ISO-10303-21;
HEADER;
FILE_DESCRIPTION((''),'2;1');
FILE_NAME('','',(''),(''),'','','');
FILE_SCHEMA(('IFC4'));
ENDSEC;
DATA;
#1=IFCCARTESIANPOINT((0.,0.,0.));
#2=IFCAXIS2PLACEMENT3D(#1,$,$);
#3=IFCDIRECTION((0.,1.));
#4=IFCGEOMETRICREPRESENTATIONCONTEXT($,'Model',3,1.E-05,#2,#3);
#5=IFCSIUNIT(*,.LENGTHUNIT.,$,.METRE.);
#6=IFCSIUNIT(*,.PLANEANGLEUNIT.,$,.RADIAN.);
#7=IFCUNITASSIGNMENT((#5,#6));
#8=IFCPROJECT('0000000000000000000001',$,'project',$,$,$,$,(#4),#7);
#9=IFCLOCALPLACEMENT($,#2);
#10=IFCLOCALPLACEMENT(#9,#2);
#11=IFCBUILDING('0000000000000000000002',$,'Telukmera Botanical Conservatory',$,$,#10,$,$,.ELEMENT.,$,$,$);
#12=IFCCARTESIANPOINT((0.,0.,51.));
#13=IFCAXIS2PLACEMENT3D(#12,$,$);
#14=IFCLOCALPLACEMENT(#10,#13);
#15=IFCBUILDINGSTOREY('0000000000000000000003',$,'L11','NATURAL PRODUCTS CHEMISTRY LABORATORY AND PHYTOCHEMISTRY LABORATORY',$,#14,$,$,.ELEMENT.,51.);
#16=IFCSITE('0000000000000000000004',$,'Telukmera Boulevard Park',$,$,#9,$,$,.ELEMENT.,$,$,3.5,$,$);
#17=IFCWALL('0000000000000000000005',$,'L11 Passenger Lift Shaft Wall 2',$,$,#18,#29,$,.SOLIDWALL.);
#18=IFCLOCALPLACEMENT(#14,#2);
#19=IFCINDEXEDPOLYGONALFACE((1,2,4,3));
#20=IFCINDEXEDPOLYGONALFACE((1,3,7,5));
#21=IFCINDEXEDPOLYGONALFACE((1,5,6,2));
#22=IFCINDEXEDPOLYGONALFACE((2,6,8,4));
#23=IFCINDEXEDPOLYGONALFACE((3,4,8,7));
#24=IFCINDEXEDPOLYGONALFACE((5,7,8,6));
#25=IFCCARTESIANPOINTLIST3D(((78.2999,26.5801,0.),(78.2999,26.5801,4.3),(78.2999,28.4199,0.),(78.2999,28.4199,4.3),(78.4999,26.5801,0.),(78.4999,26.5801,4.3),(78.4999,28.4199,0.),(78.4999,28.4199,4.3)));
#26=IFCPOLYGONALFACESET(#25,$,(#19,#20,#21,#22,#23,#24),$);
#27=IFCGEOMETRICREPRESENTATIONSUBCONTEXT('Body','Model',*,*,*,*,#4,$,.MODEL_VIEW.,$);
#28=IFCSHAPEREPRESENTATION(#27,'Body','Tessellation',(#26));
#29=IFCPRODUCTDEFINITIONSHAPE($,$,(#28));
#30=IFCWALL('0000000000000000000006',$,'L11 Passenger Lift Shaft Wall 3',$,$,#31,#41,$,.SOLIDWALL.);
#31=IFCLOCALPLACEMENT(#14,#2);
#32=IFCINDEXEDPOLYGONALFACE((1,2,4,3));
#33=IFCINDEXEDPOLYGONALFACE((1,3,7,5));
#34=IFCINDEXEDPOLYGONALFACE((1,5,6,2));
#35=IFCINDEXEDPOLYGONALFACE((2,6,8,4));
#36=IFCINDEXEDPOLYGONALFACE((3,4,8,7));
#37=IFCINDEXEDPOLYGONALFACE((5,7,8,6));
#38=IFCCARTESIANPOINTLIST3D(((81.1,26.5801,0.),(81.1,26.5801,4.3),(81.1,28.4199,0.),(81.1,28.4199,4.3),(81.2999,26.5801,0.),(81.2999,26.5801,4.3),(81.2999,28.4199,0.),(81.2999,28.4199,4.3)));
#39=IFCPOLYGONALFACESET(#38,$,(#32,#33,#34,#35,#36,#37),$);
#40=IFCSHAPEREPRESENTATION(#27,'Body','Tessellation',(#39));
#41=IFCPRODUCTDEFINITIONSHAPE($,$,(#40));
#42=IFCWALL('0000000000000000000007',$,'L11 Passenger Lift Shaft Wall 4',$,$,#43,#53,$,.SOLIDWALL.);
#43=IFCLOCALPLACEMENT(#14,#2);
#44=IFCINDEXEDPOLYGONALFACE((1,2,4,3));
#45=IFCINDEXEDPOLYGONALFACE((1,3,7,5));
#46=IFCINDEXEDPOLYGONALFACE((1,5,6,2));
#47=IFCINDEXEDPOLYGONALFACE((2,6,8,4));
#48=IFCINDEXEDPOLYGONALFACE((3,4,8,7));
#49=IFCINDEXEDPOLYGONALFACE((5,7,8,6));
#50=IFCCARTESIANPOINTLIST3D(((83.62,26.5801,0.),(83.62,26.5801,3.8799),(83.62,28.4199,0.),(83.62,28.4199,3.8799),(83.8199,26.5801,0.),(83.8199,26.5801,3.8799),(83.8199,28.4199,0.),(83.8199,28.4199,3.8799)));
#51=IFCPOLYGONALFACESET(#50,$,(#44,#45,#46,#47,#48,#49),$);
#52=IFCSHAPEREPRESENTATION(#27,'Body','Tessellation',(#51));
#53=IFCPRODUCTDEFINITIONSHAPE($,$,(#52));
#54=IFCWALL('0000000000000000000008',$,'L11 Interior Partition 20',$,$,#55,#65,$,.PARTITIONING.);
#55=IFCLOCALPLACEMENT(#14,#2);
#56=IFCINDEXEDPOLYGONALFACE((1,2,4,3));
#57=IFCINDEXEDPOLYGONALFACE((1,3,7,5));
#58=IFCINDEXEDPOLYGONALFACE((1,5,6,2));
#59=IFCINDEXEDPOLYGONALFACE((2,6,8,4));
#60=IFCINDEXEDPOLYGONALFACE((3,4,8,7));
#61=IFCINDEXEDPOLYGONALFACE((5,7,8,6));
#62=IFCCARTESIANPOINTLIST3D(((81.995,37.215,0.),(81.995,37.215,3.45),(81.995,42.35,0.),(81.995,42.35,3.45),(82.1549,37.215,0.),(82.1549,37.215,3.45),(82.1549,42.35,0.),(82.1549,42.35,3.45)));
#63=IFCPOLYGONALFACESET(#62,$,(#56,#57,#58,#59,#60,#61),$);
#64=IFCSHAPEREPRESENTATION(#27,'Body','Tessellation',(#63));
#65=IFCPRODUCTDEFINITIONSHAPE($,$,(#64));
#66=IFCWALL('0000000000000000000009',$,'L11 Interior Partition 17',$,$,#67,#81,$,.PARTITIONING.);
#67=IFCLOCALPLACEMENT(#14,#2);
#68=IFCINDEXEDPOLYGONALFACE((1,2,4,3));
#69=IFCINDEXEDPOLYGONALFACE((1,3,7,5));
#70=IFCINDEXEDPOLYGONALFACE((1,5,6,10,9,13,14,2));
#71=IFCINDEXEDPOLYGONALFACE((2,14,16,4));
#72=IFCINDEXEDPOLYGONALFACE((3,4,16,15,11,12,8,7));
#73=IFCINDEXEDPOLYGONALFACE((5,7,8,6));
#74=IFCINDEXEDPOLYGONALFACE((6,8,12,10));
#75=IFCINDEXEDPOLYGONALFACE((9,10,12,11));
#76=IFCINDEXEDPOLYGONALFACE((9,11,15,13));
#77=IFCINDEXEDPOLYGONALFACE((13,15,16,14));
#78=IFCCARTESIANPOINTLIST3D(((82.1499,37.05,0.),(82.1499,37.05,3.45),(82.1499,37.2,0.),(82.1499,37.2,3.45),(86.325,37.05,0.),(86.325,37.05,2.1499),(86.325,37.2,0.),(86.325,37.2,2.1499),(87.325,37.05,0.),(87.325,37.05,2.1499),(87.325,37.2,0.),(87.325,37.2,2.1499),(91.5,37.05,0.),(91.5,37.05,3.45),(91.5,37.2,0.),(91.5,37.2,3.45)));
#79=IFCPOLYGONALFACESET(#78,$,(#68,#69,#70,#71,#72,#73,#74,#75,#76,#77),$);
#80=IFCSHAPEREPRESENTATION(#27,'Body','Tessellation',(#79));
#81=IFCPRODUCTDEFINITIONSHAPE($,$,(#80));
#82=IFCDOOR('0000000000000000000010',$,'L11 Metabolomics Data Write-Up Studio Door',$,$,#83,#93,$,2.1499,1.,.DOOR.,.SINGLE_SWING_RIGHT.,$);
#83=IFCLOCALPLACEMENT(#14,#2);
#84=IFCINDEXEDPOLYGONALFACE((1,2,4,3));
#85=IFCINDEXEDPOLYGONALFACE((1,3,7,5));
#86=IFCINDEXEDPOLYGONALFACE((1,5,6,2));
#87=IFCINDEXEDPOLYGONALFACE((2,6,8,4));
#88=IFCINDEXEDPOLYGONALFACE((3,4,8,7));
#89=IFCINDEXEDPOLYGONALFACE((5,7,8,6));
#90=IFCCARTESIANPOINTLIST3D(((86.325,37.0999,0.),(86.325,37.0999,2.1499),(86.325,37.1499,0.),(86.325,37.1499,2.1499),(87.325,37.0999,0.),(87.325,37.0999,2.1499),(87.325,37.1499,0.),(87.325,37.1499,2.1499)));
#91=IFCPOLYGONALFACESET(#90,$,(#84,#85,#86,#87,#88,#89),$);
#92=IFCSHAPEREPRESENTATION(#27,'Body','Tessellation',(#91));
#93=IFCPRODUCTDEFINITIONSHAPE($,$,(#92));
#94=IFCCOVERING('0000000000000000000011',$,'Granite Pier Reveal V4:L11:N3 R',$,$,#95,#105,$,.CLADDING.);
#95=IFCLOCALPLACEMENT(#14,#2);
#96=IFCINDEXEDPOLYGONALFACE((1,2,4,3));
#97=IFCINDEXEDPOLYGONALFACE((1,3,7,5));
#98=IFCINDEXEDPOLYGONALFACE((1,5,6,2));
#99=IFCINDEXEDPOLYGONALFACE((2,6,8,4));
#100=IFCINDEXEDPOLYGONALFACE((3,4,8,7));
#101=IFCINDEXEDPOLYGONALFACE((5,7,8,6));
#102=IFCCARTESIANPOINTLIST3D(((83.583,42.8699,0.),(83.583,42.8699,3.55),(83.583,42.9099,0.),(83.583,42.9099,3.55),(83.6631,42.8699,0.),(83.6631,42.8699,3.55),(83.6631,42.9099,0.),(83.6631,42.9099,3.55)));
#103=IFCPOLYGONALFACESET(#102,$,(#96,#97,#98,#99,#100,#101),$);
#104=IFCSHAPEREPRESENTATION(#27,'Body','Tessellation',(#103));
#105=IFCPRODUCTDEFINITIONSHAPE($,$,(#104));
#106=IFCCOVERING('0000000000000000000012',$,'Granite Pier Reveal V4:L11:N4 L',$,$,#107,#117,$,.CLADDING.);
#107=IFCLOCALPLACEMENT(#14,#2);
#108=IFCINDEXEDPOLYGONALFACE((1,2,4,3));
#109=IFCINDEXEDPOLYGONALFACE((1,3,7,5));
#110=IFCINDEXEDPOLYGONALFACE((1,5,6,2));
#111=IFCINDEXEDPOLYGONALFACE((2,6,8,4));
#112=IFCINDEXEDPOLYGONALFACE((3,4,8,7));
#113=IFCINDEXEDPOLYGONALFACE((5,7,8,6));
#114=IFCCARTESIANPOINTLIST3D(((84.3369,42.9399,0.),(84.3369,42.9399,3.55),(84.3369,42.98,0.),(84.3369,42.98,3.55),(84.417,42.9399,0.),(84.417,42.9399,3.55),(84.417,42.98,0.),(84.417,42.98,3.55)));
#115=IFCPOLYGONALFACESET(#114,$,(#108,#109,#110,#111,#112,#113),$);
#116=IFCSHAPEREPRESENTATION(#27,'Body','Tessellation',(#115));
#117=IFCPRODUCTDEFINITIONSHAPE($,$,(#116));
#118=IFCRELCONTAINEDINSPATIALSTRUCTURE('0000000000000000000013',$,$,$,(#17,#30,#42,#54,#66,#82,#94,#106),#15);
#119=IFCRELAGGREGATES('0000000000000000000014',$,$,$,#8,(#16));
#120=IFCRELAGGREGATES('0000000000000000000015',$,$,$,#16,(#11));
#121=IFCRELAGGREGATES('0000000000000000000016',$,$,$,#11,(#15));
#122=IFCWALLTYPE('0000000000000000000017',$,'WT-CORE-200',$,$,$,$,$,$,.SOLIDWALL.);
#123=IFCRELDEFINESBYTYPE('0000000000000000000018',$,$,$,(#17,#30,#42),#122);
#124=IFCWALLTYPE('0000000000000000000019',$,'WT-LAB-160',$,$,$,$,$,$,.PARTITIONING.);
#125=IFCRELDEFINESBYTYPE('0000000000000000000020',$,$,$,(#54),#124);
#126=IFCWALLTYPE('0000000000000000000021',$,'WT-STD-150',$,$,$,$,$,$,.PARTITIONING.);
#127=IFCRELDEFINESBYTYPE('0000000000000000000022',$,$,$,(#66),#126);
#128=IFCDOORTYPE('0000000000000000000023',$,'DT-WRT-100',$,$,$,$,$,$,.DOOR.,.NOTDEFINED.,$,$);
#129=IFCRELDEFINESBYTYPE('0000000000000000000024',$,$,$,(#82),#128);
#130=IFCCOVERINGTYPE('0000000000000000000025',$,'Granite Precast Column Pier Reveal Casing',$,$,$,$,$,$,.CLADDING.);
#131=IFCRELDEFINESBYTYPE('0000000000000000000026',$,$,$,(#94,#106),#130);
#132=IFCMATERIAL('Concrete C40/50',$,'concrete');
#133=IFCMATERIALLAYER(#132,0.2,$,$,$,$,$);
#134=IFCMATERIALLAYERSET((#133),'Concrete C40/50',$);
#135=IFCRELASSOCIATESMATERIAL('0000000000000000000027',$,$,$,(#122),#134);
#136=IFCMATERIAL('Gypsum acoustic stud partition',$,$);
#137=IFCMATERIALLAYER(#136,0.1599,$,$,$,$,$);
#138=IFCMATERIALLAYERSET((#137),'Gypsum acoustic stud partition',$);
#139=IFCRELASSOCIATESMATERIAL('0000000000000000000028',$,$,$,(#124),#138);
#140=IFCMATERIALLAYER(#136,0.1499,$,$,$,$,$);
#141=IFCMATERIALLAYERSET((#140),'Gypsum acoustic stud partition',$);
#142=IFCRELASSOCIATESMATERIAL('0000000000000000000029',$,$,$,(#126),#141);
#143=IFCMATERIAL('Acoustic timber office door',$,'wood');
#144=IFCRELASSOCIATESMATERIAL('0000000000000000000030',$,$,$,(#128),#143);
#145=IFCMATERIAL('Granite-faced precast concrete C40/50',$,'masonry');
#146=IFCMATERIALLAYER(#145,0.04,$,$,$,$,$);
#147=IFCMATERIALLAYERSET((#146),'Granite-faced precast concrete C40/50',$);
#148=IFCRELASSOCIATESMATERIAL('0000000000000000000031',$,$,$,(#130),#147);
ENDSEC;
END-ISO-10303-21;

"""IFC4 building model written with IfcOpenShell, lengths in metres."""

from ifc_helpers import new_model, si_unit, direction, frame, frame_2d, origin, origin_2d, place, context, subcontext, project, spatial, rectangle, extrude, material, layer, layer_set, type_object, element, fill, save


model = new_model("IFC4")

# Units and contexts
model_context = context("Model", 3, precision=1e-05, world=origin(), true_north=direction((0.0, 1.0)))
body_context = subcontext(model_context, "Body", "Model", "MODEL_VIEW")
ifc_project = project(units=[si_unit("LENGTHUNIT", "METRE"), si_unit("PLANEANGLEUNIT", "RADIAN")], contexts=[model_context])

# Site, building, storey
site_placement = place(None, origin())
site = spatial("IfcSite", under=ifc_project, at=site_placement, Name="Telukmera Boulevard Park", CompositionType="ELEMENT", RefElevation=3.5)
building_placement = place(site_placement, origin())
building = spatial("IfcBuilding", under=site, at=building_placement, Name="Telukmera Botanical Conservatory", CompositionType="ELEMENT")
storey_placement = place(building_placement, frame((0.0, 0.0, 51.0)))
storey = spatial("IfcBuildingStorey", under=building, at=storey_placement, Name="L11", Description="NATURAL PRODUCTS CHEMISTRY LABORATORY AND PHYTOCHEMISTRY LABORATORY", CompositionType="ELEMENT", Elevation=51.0)

# Shared definitions
ifc_material_1 = material(Name="Concrete C40/50", Category="concrete")

# Walls
ifc_layer_1 = layer(ifc_material_1, 0.2)
ifc_layer_set_1 = layer_set([ifc_layer_1], Name="Concrete C40/50")
wall_type_1 = type_object("IfcWallType", Name="WT-CORE-200", PredefinedType="SOLIDWALL", material=ifc_layer_set_1)
for number, where, z_axis, x_axis, name in (
    (1, (78.3999, 26.5801, 0.0), (0.0, 0.0, 1.0), (0.0, 1.0, 0.0), "L11 Passenger Lift Shaft Wall 2"),
    (2, (81.2, 26.5801, 0.0), (0.0, 0.0, 1.0), (0.0, 1.0, 0.0), "L11 Passenger Lift Shaft Wall 3"),
):
    element("IfcWall", number, at=place(storey_placement, frame(where, z_axis=z_axis, x_axis=x_axis)), inside=storey, type_object=wall_type_1, Name=name, PredefinedType="SOLIDWALL", context=body_context, shape_type="SweptSolid", body=[
        extrude(rectangle(XDim=1.8398, YDim=0.2, at=frame_2d((0.9199, 0.0))), origin(), (0.0, 0.0, 1.0), 4.3),
    ])
wall_1_placement = place(storey_placement, frame((83.72, 26.5801, 0.0), z_axis=(0.0, 0.0, 1.0), x_axis=(0.0, 1.0, 0.0)))
element("IfcWall", 3, at=wall_1_placement, inside=storey, type_object=wall_type_1, Name="L11 Passenger Lift Shaft Wall 4", PredefinedType="SOLIDWALL", context=body_context, shape_type="SweptSolid", body=[
    extrude(rectangle(XDim=1.8398, YDim=0.2, at=frame_2d((0.9199, 0.0))), origin(), (0.0, 0.0, 1.0), 3.8799),
])
ifc_material_2 = material(Name="Gypsum acoustic stud partition")
ifc_layer_2 = layer(ifc_material_2, 0.1599)
ifc_layer_set_2 = layer_set([ifc_layer_2], Name="Gypsum acoustic stud partition")
wall_type_2 = type_object("IfcWallType", Name="WT-LAB-160", PredefinedType="PARTITIONING", material=ifc_layer_set_2)
wall_2_placement = place(storey_placement, frame((82.075, 37.2151, 0.0), z_axis=(0.0, 0.0, 1.0), x_axis=(0.0, 1.0, 0.0)))
element("IfcWall", 4, at=wall_2_placement, inside=storey, type_object=wall_type_2, Name="L11 Interior Partition 20", PredefinedType="PARTITIONING", context=body_context, shape_type="SweptSolid", body=[
    extrude(rectangle(XDim=5.135, YDim=0.1599, at=frame_2d((2.5674, 0.0))), origin(), (0.0, 0.0, 1.0), 3.45),
])

# Wall, opening, door
ifc_layer_3 = layer(ifc_material_2, 0.1499)
ifc_layer_set_3 = layer_set([ifc_layer_3], Name="Gypsum acoustic stud partition")
wall_type_3 = type_object("IfcWallType", Name="WT-STD-150", PredefinedType="PARTITIONING", material=ifc_layer_set_3)
wall_3_placement = place(storey_placement, frame((82.1499, 37.125, 0.0), z_axis=(0.0, 0.0, 1.0), x_axis=(1.0, 0.0, 0.0)))
wall_3 = element("IfcWall", 5, at=wall_3_placement, inside=storey, type_object=wall_type_3, Name="L11 Interior Partition 17", PredefinedType="PARTITIONING", context=body_context, shape_type="SweptSolid", body=[
    extrude(rectangle(XDim=9.3501, YDim=0.1499, at=frame_2d((4.675, 0.0))), origin(), (0.0, 0.0, 1.0), 3.45),
])
opening_1_placement = place(wall_3_placement, frame((4.175, 0.0, 0.0)))
opening_1 = element("IfcOpeningElement", 6, at=opening_1_placement, cuts=wall_3, PredefinedType="OPENING", context=body_context, shape_type="SweptSolid", body=[
    extrude(rectangle(XDim=1.0, YDim=2.1499, at=frame_2d((0.5, 1.075))), frame((0.0, 0.085, 0.0), z_axis=(0.0, -1.0, 0.0), x_axis=(1.0, 0.0, 0.0)), (0.0, 0.0, 1.0), 0.1699),
])
ifc_material_3 = material(Name="Acoustic timber office door", Category="wood")
door_type = type_object("IfcDoorType", Name="DT-WRT-100", OperationType="NOTDEFINED", PredefinedType="DOOR", material=ifc_material_3)
door_placement = place(opening_1_placement, origin())
door = element("IfcDoor", 7, at=door_placement, inside=storey, type_object=door_type, Name="L11 Metabolomics Data Write-Up Studio Door", OperationType="SINGLE_SWING_RIGHT", OverallHeight=2.1499, OverallWidth=1.0, PredefinedType="DOOR", context=body_context, shape_type="SweptSolid", body=[
    extrude(rectangle(XDim=1.0, YDim=2.1499, at=frame_2d((0.5, 1.075))), frame((0.0, 0.0249, 0.0), z_axis=(0.0, -1.0, 0.0), x_axis=(1.0, 0.0, 0.0)), (0.0, 0.0, 1.0), 0.05),
])
fill(opening_1, door)

# Coverings
ifc_material_4 = material(Name="Granite-faced precast concrete C40/50", Category="masonry")
ifc_layer_4 = layer(ifc_material_4, 0.04)
ifc_layer_set_4 = layer_set([ifc_layer_4], Name="Granite-faced precast concrete C40/50")
covering_type = type_object("IfcCoveringType", Name="Granite Precast Column Pier Reveal Casing", PredefinedType="CLADDING", material=ifc_layer_set_4)
for number, where, z_axis, x_axis, name in (
    (8, (83.623, 42.8899, 0.0), (0.0, 0.0, 1.0), (1.0, 0.0, 0.0), "Granite Pier Reveal V4:L11:N3 R"),
    (9, (84.377, 42.96, 0.0), (0.0, 0.0, 1.0), (1.0, 0.0, 0.0), "Granite Pier Reveal V4:L11:N4 L"),
):
    element("IfcCovering", number, at=place(storey_placement, frame(where, z_axis=z_axis, x_axis=x_axis)), inside=storey, type_object=covering_type, Name=name, PredefinedType="CLADDING", context=body_context, shape_type="SweptSolid", body=[
        extrude(rectangle(XDim=0.0801, YDim=0.04, at=origin_2d()), origin(), (0.0, 0.0, 1.0), 3.55),
    ])

save(model, "model.ifc")
